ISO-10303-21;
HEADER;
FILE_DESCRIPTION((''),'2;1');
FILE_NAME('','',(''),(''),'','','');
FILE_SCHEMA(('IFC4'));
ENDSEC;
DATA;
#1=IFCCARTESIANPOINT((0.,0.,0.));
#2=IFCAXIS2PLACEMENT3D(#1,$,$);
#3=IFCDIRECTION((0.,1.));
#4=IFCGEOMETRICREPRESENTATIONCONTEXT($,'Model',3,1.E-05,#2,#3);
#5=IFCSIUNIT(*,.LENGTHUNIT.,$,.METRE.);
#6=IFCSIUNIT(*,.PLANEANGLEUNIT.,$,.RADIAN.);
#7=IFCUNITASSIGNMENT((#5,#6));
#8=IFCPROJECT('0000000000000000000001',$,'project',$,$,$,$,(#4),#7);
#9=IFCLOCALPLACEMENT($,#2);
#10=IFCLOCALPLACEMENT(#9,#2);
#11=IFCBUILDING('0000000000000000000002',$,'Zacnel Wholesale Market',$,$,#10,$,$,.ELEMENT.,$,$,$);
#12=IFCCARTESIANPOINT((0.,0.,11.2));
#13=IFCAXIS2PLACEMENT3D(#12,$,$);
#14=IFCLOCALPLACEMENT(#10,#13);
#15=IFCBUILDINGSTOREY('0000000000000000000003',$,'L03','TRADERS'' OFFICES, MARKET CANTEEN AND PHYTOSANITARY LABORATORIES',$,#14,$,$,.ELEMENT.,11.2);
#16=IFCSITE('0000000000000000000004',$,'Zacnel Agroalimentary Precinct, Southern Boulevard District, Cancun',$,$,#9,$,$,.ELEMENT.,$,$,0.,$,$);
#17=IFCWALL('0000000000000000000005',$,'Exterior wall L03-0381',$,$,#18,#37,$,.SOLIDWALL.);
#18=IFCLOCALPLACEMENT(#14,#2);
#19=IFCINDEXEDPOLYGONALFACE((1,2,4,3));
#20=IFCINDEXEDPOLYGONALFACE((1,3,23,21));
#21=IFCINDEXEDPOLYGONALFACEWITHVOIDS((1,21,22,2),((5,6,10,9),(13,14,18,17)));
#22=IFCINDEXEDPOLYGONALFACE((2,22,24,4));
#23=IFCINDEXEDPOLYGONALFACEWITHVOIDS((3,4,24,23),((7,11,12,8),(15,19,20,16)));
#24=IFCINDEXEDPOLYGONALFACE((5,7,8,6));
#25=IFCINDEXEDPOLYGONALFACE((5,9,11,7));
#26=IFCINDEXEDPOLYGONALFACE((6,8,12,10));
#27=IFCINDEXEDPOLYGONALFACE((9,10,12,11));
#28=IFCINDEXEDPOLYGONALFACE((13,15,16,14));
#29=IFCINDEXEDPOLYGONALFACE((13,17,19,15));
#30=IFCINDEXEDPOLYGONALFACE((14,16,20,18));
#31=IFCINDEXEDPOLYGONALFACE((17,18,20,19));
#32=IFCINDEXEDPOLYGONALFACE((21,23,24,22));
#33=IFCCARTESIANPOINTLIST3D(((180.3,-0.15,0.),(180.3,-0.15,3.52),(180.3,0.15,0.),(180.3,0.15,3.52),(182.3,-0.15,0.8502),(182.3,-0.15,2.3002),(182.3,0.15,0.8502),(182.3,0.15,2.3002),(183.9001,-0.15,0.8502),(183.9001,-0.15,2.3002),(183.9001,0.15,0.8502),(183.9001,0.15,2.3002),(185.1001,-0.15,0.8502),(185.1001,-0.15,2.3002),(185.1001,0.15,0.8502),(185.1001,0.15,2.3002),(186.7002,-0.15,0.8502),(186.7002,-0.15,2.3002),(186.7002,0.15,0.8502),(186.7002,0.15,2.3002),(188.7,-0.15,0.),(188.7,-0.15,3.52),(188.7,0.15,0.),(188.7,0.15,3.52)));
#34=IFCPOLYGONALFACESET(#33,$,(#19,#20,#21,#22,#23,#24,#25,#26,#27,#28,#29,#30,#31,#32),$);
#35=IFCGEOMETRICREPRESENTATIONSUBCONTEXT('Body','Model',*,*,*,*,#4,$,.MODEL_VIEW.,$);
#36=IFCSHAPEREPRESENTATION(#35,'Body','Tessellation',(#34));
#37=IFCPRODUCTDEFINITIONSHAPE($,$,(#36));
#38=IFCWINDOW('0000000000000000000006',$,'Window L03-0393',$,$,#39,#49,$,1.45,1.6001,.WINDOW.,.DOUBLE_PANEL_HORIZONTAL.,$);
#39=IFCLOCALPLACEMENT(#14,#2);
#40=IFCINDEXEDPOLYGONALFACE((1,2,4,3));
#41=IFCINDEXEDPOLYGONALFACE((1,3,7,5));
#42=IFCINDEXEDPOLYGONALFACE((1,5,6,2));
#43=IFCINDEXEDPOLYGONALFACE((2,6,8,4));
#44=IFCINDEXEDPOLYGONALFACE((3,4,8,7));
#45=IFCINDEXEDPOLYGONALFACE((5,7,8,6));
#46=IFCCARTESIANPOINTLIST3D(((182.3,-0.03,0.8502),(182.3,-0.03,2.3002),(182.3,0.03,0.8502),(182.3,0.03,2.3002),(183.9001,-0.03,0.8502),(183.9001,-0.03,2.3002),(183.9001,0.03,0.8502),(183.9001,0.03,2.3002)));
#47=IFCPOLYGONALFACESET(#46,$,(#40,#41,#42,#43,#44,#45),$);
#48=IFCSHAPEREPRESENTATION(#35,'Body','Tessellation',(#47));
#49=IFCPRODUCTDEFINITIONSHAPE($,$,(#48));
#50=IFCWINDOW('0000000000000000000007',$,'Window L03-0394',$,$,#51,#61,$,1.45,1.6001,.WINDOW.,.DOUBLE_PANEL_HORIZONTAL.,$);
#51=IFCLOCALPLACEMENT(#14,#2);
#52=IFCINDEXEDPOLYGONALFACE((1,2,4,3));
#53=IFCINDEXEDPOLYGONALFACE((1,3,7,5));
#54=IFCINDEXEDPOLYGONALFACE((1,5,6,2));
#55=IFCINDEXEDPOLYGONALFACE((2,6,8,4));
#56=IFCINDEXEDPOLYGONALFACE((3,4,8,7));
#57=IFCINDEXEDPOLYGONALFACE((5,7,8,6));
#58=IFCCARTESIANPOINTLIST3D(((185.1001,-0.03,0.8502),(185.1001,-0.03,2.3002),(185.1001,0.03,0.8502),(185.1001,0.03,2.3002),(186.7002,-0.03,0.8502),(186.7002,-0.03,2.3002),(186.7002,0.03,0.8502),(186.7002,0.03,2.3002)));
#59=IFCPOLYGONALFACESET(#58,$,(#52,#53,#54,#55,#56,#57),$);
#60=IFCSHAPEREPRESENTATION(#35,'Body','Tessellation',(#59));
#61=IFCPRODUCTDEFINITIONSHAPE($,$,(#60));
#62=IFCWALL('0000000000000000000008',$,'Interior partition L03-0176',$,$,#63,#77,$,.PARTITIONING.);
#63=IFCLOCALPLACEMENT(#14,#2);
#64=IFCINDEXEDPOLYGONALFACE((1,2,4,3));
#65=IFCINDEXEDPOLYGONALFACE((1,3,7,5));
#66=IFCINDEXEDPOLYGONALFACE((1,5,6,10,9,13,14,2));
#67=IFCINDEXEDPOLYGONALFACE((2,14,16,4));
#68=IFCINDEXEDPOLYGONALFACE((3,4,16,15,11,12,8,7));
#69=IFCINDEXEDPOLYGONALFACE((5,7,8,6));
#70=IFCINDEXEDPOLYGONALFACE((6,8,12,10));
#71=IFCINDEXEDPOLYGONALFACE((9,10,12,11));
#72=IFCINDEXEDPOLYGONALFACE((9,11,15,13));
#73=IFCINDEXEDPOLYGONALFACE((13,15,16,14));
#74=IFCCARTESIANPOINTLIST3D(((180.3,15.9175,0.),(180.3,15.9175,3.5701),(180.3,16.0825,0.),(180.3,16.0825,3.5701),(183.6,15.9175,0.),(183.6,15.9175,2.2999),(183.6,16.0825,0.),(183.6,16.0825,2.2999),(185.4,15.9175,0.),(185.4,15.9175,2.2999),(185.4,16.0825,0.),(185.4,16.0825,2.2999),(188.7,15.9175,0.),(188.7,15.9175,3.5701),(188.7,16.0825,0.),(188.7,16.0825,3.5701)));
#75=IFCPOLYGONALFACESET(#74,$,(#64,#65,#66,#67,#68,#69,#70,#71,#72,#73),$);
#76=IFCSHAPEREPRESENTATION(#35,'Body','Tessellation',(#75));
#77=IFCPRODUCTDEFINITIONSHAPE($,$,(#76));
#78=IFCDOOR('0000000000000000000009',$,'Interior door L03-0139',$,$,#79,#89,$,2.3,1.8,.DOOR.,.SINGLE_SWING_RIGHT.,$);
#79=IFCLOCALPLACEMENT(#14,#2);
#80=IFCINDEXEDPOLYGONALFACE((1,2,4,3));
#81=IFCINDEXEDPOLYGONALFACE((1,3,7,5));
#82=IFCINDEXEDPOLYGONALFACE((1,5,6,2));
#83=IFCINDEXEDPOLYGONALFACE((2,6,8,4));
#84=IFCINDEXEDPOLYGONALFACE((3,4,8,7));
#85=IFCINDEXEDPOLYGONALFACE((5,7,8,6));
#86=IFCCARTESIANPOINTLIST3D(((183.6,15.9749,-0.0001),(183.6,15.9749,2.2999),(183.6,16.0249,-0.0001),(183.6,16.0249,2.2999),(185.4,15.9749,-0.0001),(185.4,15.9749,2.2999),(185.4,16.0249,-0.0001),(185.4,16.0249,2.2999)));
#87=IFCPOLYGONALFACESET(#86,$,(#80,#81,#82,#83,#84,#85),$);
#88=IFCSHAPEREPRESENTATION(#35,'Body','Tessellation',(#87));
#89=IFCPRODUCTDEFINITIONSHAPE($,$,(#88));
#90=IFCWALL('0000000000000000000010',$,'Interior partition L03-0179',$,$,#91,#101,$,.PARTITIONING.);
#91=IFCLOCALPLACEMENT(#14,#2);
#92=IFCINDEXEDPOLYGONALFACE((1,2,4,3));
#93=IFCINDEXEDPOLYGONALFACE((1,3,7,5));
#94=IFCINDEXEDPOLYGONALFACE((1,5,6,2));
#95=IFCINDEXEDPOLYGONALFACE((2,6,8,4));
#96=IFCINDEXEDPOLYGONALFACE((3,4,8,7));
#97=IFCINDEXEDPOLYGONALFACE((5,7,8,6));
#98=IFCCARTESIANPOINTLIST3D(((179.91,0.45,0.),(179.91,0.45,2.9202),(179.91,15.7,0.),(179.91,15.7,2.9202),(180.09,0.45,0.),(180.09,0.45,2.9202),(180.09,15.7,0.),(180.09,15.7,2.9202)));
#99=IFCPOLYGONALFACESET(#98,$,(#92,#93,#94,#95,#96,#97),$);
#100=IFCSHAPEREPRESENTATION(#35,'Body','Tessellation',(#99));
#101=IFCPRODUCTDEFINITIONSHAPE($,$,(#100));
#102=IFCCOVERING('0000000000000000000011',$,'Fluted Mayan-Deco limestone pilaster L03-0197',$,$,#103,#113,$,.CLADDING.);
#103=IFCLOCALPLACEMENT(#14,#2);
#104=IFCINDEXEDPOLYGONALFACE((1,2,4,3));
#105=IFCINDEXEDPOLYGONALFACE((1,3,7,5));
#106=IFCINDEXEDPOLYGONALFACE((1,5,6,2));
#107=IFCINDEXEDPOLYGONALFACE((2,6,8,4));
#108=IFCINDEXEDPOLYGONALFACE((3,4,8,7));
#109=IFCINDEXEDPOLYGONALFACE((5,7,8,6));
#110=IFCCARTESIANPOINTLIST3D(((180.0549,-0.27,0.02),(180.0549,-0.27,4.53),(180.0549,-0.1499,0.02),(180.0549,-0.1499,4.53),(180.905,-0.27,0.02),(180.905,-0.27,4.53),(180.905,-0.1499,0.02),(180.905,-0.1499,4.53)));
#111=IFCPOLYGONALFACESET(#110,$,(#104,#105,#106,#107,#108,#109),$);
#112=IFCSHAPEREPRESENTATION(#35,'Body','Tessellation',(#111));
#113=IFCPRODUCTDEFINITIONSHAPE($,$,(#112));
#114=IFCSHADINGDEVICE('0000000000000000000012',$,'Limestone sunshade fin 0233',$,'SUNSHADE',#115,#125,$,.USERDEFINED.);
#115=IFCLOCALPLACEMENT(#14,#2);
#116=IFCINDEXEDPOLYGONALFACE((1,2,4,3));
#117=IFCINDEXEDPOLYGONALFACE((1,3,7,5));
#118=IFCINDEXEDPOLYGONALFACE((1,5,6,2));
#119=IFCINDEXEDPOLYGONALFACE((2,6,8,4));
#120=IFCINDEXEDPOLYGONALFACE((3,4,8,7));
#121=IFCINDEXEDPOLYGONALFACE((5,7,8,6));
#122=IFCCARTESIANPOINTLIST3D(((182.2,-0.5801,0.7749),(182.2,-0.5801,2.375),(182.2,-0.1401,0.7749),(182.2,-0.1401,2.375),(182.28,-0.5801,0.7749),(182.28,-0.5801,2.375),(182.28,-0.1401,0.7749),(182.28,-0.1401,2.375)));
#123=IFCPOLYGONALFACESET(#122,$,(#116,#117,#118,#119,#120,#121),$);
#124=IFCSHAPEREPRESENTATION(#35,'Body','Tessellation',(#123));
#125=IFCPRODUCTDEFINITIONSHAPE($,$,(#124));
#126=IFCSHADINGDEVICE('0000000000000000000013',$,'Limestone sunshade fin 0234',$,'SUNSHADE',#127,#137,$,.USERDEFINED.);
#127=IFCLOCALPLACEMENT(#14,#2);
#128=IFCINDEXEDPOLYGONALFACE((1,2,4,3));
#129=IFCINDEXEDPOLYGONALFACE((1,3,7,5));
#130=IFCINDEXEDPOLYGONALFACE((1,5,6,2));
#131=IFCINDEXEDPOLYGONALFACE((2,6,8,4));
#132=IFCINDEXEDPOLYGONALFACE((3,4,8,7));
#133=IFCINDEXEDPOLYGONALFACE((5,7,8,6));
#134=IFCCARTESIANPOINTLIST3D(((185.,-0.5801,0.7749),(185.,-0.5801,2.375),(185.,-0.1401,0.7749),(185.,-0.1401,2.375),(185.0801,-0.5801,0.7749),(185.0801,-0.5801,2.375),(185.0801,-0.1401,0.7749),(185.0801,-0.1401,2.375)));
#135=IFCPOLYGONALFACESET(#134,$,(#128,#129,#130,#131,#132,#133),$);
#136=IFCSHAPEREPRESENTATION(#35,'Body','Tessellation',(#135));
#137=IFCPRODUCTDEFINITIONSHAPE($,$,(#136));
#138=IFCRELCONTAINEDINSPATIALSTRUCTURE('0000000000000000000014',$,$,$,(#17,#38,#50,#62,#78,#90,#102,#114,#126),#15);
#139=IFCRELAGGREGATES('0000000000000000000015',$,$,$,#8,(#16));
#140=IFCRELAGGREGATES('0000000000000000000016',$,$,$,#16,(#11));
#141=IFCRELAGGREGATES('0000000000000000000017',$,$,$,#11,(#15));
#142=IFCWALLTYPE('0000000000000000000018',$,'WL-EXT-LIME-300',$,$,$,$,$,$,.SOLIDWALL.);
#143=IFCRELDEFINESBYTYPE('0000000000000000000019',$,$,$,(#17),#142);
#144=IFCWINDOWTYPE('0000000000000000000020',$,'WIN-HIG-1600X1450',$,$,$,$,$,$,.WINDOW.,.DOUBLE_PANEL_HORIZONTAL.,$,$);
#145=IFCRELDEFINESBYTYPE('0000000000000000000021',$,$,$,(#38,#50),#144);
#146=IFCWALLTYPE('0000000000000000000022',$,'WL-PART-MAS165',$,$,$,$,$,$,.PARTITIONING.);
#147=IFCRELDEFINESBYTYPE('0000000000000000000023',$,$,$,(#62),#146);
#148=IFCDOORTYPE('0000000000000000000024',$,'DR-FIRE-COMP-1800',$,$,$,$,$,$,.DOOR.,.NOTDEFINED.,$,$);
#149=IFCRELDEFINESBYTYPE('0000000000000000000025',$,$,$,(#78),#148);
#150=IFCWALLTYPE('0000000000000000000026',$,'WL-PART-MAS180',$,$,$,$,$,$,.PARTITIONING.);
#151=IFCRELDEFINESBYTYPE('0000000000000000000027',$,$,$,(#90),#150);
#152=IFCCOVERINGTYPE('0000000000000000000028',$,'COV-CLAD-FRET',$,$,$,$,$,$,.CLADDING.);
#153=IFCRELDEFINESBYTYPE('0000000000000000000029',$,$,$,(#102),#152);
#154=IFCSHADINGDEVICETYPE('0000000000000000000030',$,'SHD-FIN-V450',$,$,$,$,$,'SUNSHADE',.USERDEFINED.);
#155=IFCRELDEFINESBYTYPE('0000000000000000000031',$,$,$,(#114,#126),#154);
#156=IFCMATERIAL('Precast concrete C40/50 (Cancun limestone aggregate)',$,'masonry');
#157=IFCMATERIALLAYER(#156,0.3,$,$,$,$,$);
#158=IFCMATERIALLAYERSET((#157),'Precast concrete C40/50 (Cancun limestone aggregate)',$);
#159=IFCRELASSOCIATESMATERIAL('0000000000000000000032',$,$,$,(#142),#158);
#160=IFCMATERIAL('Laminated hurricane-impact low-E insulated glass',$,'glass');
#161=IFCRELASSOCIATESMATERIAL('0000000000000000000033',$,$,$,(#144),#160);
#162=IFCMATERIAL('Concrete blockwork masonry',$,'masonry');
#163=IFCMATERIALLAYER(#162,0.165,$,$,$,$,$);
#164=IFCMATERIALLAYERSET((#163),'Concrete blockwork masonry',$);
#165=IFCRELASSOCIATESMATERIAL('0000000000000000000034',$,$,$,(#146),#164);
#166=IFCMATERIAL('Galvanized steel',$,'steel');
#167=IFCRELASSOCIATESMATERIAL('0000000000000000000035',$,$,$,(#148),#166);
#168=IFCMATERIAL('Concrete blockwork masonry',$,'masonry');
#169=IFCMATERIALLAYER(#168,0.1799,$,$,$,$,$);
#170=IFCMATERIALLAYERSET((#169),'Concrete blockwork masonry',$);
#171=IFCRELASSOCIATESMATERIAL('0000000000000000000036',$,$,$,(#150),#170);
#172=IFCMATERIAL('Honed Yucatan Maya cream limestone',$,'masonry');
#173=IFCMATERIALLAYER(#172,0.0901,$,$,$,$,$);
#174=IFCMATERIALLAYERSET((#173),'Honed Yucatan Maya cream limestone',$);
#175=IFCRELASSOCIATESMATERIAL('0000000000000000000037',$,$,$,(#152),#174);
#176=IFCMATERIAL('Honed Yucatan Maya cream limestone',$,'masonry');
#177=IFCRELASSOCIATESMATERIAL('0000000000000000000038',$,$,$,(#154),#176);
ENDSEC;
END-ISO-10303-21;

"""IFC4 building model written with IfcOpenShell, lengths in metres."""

from ifc_helpers import new_model, si_unit, direction, frame, frame_2d, origin, origin_2d, place, context, subcontext, project, spatial, rectangle, extrude, material, layer, layer_set, type_object, element, fill, save


model = new_model("IFC4")

# Units and contexts
model_context = context("Model", 3, precision=1e-05, world=origin(), true_north=direction((0.0, 1.0)))
body_context = subcontext(model_context, "Body", "Model", "MODEL_VIEW")
ifc_project = project(units=[si_unit("LENGTHUNIT", "METRE"), si_unit("PLANEANGLEUNIT", "RADIAN")], contexts=[model_context])

# Site, building, storey
site_placement = place(None, origin())
site = spatial("IfcSite", under=ifc_project, at=site_placement, Name="Zacnel Agroalimentary Precinct, Southern Boulevard District, Cancun", CompositionType="ELEMENT", RefElevation=0.0)
building_placement = place(site_placement, origin())
building = spatial("IfcBuilding", under=site, at=building_placement, Name="Zacnel Wholesale Market", CompositionType="ELEMENT")
storey_placement = place(building_placement, frame((0.0, 0.0, 11.2)))
storey = spatial("IfcBuildingStorey", under=building, at=storey_placement, Name="L03", Description="TRADERS' OFFICES, MARKET CANTEEN AND PHYTOSANITARY LABORATORIES", CompositionType="ELEMENT", Elevation=11.2)

# Wall, openings, windows
ifc_material_1 = material(Name="Precast concrete C40/50 (Cancun limestone aggregate)", Category="masonry")
ifc_layer_1 = layer(ifc_material_1, 0.3)
ifc_layer_set_1 = layer_set([ifc_layer_1], Name="Precast concrete C40/50 (Cancun limestone aggregate)")
wall_type_1 = type_object("IfcWallType", Name="WL-EXT-LIME-300", PredefinedType="SOLIDWALL", material=ifc_layer_set_1)
wall_1_placement = place(storey_placement, frame((180.3, 0.0, 0.0), z_axis=(0.0, 0.0, 1.0), x_axis=(1.0, 0.0, 0.0)))
wall_1 = element("IfcWall", 1, at=wall_1_placement, inside=storey, type_object=wall_type_1, Name="Exterior wall L03-0381", PredefinedType="SOLIDWALL", context=body_context, shape_type="SweptSolid", body=[
    extrude(rectangle(XDim=8.3999, YDim=0.3, at=frame_2d((4.2, 0.0))), origin(), (0.0, 0.0, 1.0), 3.52),
])
opening_1_placement = place(wall_1_placement, frame((2.0, 0.0, 0.8501)))
opening_1 = element("IfcOpeningElement", 2, at=opening_1_placement, cuts=wall_1, PredefinedType="OPENING", context=body_context, shape_type="SweptSolid", body=[
    extrude(rectangle(XDim=1.6001, YDim=1.45, at=frame_2d((0.8, 0.7251))), frame((0.0, 0.1599, 0.0), z_axis=(0.0, -1.0, 0.0), x_axis=(1.0, 0.0, 0.0)), (0.0, 0.0, 1.0), 0.3201),
])
opening_2_placement = place(wall_1_placement, frame((4.8, 0.0, 0.8501)))
opening_2 = element("IfcOpeningElement", 3, at=opening_2_placement, cuts=wall_1, PredefinedType="OPENING", context=body_context, shape_type="SweptSolid", body=[
    extrude(rectangle(XDim=1.6001, YDim=1.45, at=frame_2d((0.8, 0.7251))), frame((0.0, 0.1599, 0.0), z_axis=(0.0, -1.0, 0.0), x_axis=(1.0, 0.0, 0.0)), (0.0, 0.0, 1.0), 0.3201),
])
ifc_material_2 = material(Name="Laminated hurricane-impact low-E insulated glass", Category="glass")
window_type = type_object("IfcWindowType", Name="WIN-HIG-1600X1450", PartitioningType="DOUBLE_PANEL_HORIZONTAL", PredefinedType="WINDOW", material=ifc_material_2)
window_1_placement = place(opening_1_placement, origin())
window_1 = element("IfcWindow", 4, at=window_1_placement, inside=storey, type_object=window_type, Name="Window L03-0393", OverallHeight=1.45, OverallWidth=1.6001, PartitioningType="DOUBLE_PANEL_HORIZONTAL", PredefinedType="WINDOW", context=body_context, shape_type="SweptSolid", body=[
    extrude(rectangle(XDim=1.6001, YDim=1.45, at=frame_2d((0.8, 0.7251))), frame((0.0, 0.03, 0.0), z_axis=(0.0, -1.0, 0.0), x_axis=(1.0, 0.0, 0.0)), (0.0, 0.0, 1.0), 0.0601),
])
fill(opening_1, window_1)
window_2_placement = place(opening_2_placement, origin())
window_2 = element("IfcWindow", 5, at=window_2_placement, inside=storey, type_object=window_type, Name="Window L03-0394", OverallHeight=1.45, OverallWidth=1.6001, PartitioningType="DOUBLE_PANEL_HORIZONTAL", PredefinedType="WINDOW", context=body_context, shape_type="SweptSolid", body=[
    extrude(rectangle(XDim=1.6001, YDim=1.45, at=frame_2d((0.8, 0.7251))), frame((0.0, 0.03, 0.0), z_axis=(0.0, -1.0, 0.0), x_axis=(1.0, 0.0, 0.0)), (0.0, 0.0, 1.0), 0.0601),
])
fill(opening_2, window_2)

# Wall, opening, door
ifc_material_3 = material(Name="Concrete blockwork masonry", Category="masonry")
ifc_layer_2 = layer(ifc_material_3, 0.165)
ifc_layer_set_2 = layer_set([ifc_layer_2], Name="Concrete blockwork masonry")
wall_type_2 = type_object("IfcWallType", Name="WL-PART-MAS165", PredefinedType="PARTITIONING", material=ifc_layer_set_2)
wall_2_placement = place(storey_placement, frame((180.3, 16.0, 0.0), z_axis=(0.0, 0.0, 1.0), x_axis=(1.0, 0.0, 0.0)))
wall_2 = element("IfcWall", 6, at=wall_2_placement, inside=storey, type_object=wall_type_2, Name="Interior partition L03-0176", PredefinedType="PARTITIONING", context=body_context, shape_type="SweptSolid", body=[
    extrude(rectangle(XDim=8.3999, YDim=0.165, at=frame_2d((4.2, 0.0))), origin(), (0.0, 0.0, 1.0), 3.5701),
])
opening_3_placement = place(wall_2_placement, frame((3.3, 0.0, 0.0)))
opening_3 = element("IfcOpeningElement", 7, at=opening_3_placement, cuts=wall_2, PredefinedType="OPENING", context=body_context, shape_type="SweptSolid", body=[
    extrude(rectangle(XDim=1.8, YDim=2.3, at=frame_2d((0.8999, 1.1499))), frame((0.0, 0.0925, 0.0), z_axis=(0.0, -1.0, 0.0), x_axis=(1.0, 0.0, 0.0)), (0.0, 0.0, 1.0), 0.1851),
])
ifc_material_4 = material(Name="Galvanized steel", Category="steel")
door_type_1 = type_object("IfcDoorType", Name="DR-FIRE-COMP-1800", OperationType="NOTDEFINED", PredefinedType="DOOR", material=ifc_material_4)
door_1_placement = place(opening_3_placement, origin())
door_1 = element("IfcDoor", 8, at=door_1_placement, inside=storey, type_object=door_type_1, Name="Interior door L03-0139", OperationType="SINGLE_SWING_RIGHT", OverallHeight=2.3, OverallWidth=1.8, PredefinedType="DOOR", context=body_context, shape_type="SweptSolid", body=[
    extrude(rectangle(XDim=1.8, YDim=2.3, at=frame_2d((0.8999, 1.1499))), frame((0.0, 0.0249, 0.0), z_axis=(0.0, -1.0, 0.0), x_axis=(1.0, 0.0, 0.0)), (0.0, 0.0, 1.0), 0.05),
])
fill(opening_3, door_1)

# Wall
ifc_material_5 = material(Name="Concrete blockwork masonry", Category="masonry")
ifc_layer_3 = layer(ifc_material_5, 0.1799)
ifc_layer_set_3 = layer_set([ifc_layer_3], Name="Concrete blockwork masonry")
wall_type_3 = type_object("IfcWallType", Name="WL-PART-MAS180", PredefinedType="PARTITIONING", material=ifc_layer_set_3)
wall_3_placement = place(storey_placement, frame((180.0, 0.45, 0.0), z_axis=(0.0, 0.0, 1.0), x_axis=(0.0, 1.0, 0.0)))
element("IfcWall", 9, at=wall_3_placement, inside=storey, type_object=wall_type_3, Name="Interior partition L03-0179", PredefinedType="PARTITIONING", context=body_context, shape_type="SweptSolid", body=[
    extrude(rectangle(XDim=15.25, YDim=0.1799, at=frame_2d((7.625, 0.0))), origin(), (0.0, 0.0, 1.0), 2.9202),
])

# Covering
ifc_material_6 = material(Name="Honed Yucatan Maya cream limestone", Category="masonry")
ifc_layer_4 = layer(ifc_material_6, 0.0901)
ifc_layer_set_4 = layer_set([ifc_layer_4], Name="Honed Yucatan Maya cream limestone")
covering_type = type_object("IfcCoveringType", Name="COV-CLAD-FRET", PredefinedType="CLADDING", material=ifc_layer_set_4)
covering_placement = place(storey_placement, frame((180.48, -0.21, 0.02), z_axis=(0.0, 0.0, 1.0), x_axis=(1.0, 0.0, 0.0)))
element("IfcCovering", 10, at=covering_placement, inside=storey, type_object=covering_type, Name="Fluted Mayan-Deco limestone pilaster L03-0197", PredefinedType="CLADDING", context=body_context, shape_type="SweptSolid", body=[
    extrude(rectangle(XDim=0.8501, YDim=0.1201, at=origin_2d()), origin(), (0.0, 0.0, 1.0), 4.51),
])

# Shading devices
ifc_material_7 = material(Name="Honed Yucatan Maya cream limestone", Category="masonry")
shading_device_type = type_object("IfcShadingDeviceType", Name="SHD-FIN-V450", ElementType="SUNSHADE", PredefinedType="USERDEFINED", material=ifc_material_7)
for number, where, z_axis, x_axis, name in (
    (11, (182.24, -0.3601, 0.7749), (0.0, 0.0, 1.0), (1.0, 0.0, 0.0), "Limestone sunshade fin 0233"),
    (12, (185.04, -0.3601, 0.7749), (0.0, 0.0, 1.0), (1.0, 0.0, 0.0), "Limestone sunshade fin 0234"),
):
    element("IfcShadingDevice", number, at=place(storey_placement, frame(where, z_axis=z_axis, x_axis=x_axis)), inside=storey, type_object=shading_device_type, Name=name, ObjectType="SUNSHADE", PredefinedType="USERDEFINED", context=body_context, shape_type="SweptSolid", body=[
        extrude(rectangle(XDim=0.0801, YDim=0.4399, at=origin_2d()), origin(), (0.0, 0.0, 1.0), 1.6001),
    ])

save(model, "model.ifc")
